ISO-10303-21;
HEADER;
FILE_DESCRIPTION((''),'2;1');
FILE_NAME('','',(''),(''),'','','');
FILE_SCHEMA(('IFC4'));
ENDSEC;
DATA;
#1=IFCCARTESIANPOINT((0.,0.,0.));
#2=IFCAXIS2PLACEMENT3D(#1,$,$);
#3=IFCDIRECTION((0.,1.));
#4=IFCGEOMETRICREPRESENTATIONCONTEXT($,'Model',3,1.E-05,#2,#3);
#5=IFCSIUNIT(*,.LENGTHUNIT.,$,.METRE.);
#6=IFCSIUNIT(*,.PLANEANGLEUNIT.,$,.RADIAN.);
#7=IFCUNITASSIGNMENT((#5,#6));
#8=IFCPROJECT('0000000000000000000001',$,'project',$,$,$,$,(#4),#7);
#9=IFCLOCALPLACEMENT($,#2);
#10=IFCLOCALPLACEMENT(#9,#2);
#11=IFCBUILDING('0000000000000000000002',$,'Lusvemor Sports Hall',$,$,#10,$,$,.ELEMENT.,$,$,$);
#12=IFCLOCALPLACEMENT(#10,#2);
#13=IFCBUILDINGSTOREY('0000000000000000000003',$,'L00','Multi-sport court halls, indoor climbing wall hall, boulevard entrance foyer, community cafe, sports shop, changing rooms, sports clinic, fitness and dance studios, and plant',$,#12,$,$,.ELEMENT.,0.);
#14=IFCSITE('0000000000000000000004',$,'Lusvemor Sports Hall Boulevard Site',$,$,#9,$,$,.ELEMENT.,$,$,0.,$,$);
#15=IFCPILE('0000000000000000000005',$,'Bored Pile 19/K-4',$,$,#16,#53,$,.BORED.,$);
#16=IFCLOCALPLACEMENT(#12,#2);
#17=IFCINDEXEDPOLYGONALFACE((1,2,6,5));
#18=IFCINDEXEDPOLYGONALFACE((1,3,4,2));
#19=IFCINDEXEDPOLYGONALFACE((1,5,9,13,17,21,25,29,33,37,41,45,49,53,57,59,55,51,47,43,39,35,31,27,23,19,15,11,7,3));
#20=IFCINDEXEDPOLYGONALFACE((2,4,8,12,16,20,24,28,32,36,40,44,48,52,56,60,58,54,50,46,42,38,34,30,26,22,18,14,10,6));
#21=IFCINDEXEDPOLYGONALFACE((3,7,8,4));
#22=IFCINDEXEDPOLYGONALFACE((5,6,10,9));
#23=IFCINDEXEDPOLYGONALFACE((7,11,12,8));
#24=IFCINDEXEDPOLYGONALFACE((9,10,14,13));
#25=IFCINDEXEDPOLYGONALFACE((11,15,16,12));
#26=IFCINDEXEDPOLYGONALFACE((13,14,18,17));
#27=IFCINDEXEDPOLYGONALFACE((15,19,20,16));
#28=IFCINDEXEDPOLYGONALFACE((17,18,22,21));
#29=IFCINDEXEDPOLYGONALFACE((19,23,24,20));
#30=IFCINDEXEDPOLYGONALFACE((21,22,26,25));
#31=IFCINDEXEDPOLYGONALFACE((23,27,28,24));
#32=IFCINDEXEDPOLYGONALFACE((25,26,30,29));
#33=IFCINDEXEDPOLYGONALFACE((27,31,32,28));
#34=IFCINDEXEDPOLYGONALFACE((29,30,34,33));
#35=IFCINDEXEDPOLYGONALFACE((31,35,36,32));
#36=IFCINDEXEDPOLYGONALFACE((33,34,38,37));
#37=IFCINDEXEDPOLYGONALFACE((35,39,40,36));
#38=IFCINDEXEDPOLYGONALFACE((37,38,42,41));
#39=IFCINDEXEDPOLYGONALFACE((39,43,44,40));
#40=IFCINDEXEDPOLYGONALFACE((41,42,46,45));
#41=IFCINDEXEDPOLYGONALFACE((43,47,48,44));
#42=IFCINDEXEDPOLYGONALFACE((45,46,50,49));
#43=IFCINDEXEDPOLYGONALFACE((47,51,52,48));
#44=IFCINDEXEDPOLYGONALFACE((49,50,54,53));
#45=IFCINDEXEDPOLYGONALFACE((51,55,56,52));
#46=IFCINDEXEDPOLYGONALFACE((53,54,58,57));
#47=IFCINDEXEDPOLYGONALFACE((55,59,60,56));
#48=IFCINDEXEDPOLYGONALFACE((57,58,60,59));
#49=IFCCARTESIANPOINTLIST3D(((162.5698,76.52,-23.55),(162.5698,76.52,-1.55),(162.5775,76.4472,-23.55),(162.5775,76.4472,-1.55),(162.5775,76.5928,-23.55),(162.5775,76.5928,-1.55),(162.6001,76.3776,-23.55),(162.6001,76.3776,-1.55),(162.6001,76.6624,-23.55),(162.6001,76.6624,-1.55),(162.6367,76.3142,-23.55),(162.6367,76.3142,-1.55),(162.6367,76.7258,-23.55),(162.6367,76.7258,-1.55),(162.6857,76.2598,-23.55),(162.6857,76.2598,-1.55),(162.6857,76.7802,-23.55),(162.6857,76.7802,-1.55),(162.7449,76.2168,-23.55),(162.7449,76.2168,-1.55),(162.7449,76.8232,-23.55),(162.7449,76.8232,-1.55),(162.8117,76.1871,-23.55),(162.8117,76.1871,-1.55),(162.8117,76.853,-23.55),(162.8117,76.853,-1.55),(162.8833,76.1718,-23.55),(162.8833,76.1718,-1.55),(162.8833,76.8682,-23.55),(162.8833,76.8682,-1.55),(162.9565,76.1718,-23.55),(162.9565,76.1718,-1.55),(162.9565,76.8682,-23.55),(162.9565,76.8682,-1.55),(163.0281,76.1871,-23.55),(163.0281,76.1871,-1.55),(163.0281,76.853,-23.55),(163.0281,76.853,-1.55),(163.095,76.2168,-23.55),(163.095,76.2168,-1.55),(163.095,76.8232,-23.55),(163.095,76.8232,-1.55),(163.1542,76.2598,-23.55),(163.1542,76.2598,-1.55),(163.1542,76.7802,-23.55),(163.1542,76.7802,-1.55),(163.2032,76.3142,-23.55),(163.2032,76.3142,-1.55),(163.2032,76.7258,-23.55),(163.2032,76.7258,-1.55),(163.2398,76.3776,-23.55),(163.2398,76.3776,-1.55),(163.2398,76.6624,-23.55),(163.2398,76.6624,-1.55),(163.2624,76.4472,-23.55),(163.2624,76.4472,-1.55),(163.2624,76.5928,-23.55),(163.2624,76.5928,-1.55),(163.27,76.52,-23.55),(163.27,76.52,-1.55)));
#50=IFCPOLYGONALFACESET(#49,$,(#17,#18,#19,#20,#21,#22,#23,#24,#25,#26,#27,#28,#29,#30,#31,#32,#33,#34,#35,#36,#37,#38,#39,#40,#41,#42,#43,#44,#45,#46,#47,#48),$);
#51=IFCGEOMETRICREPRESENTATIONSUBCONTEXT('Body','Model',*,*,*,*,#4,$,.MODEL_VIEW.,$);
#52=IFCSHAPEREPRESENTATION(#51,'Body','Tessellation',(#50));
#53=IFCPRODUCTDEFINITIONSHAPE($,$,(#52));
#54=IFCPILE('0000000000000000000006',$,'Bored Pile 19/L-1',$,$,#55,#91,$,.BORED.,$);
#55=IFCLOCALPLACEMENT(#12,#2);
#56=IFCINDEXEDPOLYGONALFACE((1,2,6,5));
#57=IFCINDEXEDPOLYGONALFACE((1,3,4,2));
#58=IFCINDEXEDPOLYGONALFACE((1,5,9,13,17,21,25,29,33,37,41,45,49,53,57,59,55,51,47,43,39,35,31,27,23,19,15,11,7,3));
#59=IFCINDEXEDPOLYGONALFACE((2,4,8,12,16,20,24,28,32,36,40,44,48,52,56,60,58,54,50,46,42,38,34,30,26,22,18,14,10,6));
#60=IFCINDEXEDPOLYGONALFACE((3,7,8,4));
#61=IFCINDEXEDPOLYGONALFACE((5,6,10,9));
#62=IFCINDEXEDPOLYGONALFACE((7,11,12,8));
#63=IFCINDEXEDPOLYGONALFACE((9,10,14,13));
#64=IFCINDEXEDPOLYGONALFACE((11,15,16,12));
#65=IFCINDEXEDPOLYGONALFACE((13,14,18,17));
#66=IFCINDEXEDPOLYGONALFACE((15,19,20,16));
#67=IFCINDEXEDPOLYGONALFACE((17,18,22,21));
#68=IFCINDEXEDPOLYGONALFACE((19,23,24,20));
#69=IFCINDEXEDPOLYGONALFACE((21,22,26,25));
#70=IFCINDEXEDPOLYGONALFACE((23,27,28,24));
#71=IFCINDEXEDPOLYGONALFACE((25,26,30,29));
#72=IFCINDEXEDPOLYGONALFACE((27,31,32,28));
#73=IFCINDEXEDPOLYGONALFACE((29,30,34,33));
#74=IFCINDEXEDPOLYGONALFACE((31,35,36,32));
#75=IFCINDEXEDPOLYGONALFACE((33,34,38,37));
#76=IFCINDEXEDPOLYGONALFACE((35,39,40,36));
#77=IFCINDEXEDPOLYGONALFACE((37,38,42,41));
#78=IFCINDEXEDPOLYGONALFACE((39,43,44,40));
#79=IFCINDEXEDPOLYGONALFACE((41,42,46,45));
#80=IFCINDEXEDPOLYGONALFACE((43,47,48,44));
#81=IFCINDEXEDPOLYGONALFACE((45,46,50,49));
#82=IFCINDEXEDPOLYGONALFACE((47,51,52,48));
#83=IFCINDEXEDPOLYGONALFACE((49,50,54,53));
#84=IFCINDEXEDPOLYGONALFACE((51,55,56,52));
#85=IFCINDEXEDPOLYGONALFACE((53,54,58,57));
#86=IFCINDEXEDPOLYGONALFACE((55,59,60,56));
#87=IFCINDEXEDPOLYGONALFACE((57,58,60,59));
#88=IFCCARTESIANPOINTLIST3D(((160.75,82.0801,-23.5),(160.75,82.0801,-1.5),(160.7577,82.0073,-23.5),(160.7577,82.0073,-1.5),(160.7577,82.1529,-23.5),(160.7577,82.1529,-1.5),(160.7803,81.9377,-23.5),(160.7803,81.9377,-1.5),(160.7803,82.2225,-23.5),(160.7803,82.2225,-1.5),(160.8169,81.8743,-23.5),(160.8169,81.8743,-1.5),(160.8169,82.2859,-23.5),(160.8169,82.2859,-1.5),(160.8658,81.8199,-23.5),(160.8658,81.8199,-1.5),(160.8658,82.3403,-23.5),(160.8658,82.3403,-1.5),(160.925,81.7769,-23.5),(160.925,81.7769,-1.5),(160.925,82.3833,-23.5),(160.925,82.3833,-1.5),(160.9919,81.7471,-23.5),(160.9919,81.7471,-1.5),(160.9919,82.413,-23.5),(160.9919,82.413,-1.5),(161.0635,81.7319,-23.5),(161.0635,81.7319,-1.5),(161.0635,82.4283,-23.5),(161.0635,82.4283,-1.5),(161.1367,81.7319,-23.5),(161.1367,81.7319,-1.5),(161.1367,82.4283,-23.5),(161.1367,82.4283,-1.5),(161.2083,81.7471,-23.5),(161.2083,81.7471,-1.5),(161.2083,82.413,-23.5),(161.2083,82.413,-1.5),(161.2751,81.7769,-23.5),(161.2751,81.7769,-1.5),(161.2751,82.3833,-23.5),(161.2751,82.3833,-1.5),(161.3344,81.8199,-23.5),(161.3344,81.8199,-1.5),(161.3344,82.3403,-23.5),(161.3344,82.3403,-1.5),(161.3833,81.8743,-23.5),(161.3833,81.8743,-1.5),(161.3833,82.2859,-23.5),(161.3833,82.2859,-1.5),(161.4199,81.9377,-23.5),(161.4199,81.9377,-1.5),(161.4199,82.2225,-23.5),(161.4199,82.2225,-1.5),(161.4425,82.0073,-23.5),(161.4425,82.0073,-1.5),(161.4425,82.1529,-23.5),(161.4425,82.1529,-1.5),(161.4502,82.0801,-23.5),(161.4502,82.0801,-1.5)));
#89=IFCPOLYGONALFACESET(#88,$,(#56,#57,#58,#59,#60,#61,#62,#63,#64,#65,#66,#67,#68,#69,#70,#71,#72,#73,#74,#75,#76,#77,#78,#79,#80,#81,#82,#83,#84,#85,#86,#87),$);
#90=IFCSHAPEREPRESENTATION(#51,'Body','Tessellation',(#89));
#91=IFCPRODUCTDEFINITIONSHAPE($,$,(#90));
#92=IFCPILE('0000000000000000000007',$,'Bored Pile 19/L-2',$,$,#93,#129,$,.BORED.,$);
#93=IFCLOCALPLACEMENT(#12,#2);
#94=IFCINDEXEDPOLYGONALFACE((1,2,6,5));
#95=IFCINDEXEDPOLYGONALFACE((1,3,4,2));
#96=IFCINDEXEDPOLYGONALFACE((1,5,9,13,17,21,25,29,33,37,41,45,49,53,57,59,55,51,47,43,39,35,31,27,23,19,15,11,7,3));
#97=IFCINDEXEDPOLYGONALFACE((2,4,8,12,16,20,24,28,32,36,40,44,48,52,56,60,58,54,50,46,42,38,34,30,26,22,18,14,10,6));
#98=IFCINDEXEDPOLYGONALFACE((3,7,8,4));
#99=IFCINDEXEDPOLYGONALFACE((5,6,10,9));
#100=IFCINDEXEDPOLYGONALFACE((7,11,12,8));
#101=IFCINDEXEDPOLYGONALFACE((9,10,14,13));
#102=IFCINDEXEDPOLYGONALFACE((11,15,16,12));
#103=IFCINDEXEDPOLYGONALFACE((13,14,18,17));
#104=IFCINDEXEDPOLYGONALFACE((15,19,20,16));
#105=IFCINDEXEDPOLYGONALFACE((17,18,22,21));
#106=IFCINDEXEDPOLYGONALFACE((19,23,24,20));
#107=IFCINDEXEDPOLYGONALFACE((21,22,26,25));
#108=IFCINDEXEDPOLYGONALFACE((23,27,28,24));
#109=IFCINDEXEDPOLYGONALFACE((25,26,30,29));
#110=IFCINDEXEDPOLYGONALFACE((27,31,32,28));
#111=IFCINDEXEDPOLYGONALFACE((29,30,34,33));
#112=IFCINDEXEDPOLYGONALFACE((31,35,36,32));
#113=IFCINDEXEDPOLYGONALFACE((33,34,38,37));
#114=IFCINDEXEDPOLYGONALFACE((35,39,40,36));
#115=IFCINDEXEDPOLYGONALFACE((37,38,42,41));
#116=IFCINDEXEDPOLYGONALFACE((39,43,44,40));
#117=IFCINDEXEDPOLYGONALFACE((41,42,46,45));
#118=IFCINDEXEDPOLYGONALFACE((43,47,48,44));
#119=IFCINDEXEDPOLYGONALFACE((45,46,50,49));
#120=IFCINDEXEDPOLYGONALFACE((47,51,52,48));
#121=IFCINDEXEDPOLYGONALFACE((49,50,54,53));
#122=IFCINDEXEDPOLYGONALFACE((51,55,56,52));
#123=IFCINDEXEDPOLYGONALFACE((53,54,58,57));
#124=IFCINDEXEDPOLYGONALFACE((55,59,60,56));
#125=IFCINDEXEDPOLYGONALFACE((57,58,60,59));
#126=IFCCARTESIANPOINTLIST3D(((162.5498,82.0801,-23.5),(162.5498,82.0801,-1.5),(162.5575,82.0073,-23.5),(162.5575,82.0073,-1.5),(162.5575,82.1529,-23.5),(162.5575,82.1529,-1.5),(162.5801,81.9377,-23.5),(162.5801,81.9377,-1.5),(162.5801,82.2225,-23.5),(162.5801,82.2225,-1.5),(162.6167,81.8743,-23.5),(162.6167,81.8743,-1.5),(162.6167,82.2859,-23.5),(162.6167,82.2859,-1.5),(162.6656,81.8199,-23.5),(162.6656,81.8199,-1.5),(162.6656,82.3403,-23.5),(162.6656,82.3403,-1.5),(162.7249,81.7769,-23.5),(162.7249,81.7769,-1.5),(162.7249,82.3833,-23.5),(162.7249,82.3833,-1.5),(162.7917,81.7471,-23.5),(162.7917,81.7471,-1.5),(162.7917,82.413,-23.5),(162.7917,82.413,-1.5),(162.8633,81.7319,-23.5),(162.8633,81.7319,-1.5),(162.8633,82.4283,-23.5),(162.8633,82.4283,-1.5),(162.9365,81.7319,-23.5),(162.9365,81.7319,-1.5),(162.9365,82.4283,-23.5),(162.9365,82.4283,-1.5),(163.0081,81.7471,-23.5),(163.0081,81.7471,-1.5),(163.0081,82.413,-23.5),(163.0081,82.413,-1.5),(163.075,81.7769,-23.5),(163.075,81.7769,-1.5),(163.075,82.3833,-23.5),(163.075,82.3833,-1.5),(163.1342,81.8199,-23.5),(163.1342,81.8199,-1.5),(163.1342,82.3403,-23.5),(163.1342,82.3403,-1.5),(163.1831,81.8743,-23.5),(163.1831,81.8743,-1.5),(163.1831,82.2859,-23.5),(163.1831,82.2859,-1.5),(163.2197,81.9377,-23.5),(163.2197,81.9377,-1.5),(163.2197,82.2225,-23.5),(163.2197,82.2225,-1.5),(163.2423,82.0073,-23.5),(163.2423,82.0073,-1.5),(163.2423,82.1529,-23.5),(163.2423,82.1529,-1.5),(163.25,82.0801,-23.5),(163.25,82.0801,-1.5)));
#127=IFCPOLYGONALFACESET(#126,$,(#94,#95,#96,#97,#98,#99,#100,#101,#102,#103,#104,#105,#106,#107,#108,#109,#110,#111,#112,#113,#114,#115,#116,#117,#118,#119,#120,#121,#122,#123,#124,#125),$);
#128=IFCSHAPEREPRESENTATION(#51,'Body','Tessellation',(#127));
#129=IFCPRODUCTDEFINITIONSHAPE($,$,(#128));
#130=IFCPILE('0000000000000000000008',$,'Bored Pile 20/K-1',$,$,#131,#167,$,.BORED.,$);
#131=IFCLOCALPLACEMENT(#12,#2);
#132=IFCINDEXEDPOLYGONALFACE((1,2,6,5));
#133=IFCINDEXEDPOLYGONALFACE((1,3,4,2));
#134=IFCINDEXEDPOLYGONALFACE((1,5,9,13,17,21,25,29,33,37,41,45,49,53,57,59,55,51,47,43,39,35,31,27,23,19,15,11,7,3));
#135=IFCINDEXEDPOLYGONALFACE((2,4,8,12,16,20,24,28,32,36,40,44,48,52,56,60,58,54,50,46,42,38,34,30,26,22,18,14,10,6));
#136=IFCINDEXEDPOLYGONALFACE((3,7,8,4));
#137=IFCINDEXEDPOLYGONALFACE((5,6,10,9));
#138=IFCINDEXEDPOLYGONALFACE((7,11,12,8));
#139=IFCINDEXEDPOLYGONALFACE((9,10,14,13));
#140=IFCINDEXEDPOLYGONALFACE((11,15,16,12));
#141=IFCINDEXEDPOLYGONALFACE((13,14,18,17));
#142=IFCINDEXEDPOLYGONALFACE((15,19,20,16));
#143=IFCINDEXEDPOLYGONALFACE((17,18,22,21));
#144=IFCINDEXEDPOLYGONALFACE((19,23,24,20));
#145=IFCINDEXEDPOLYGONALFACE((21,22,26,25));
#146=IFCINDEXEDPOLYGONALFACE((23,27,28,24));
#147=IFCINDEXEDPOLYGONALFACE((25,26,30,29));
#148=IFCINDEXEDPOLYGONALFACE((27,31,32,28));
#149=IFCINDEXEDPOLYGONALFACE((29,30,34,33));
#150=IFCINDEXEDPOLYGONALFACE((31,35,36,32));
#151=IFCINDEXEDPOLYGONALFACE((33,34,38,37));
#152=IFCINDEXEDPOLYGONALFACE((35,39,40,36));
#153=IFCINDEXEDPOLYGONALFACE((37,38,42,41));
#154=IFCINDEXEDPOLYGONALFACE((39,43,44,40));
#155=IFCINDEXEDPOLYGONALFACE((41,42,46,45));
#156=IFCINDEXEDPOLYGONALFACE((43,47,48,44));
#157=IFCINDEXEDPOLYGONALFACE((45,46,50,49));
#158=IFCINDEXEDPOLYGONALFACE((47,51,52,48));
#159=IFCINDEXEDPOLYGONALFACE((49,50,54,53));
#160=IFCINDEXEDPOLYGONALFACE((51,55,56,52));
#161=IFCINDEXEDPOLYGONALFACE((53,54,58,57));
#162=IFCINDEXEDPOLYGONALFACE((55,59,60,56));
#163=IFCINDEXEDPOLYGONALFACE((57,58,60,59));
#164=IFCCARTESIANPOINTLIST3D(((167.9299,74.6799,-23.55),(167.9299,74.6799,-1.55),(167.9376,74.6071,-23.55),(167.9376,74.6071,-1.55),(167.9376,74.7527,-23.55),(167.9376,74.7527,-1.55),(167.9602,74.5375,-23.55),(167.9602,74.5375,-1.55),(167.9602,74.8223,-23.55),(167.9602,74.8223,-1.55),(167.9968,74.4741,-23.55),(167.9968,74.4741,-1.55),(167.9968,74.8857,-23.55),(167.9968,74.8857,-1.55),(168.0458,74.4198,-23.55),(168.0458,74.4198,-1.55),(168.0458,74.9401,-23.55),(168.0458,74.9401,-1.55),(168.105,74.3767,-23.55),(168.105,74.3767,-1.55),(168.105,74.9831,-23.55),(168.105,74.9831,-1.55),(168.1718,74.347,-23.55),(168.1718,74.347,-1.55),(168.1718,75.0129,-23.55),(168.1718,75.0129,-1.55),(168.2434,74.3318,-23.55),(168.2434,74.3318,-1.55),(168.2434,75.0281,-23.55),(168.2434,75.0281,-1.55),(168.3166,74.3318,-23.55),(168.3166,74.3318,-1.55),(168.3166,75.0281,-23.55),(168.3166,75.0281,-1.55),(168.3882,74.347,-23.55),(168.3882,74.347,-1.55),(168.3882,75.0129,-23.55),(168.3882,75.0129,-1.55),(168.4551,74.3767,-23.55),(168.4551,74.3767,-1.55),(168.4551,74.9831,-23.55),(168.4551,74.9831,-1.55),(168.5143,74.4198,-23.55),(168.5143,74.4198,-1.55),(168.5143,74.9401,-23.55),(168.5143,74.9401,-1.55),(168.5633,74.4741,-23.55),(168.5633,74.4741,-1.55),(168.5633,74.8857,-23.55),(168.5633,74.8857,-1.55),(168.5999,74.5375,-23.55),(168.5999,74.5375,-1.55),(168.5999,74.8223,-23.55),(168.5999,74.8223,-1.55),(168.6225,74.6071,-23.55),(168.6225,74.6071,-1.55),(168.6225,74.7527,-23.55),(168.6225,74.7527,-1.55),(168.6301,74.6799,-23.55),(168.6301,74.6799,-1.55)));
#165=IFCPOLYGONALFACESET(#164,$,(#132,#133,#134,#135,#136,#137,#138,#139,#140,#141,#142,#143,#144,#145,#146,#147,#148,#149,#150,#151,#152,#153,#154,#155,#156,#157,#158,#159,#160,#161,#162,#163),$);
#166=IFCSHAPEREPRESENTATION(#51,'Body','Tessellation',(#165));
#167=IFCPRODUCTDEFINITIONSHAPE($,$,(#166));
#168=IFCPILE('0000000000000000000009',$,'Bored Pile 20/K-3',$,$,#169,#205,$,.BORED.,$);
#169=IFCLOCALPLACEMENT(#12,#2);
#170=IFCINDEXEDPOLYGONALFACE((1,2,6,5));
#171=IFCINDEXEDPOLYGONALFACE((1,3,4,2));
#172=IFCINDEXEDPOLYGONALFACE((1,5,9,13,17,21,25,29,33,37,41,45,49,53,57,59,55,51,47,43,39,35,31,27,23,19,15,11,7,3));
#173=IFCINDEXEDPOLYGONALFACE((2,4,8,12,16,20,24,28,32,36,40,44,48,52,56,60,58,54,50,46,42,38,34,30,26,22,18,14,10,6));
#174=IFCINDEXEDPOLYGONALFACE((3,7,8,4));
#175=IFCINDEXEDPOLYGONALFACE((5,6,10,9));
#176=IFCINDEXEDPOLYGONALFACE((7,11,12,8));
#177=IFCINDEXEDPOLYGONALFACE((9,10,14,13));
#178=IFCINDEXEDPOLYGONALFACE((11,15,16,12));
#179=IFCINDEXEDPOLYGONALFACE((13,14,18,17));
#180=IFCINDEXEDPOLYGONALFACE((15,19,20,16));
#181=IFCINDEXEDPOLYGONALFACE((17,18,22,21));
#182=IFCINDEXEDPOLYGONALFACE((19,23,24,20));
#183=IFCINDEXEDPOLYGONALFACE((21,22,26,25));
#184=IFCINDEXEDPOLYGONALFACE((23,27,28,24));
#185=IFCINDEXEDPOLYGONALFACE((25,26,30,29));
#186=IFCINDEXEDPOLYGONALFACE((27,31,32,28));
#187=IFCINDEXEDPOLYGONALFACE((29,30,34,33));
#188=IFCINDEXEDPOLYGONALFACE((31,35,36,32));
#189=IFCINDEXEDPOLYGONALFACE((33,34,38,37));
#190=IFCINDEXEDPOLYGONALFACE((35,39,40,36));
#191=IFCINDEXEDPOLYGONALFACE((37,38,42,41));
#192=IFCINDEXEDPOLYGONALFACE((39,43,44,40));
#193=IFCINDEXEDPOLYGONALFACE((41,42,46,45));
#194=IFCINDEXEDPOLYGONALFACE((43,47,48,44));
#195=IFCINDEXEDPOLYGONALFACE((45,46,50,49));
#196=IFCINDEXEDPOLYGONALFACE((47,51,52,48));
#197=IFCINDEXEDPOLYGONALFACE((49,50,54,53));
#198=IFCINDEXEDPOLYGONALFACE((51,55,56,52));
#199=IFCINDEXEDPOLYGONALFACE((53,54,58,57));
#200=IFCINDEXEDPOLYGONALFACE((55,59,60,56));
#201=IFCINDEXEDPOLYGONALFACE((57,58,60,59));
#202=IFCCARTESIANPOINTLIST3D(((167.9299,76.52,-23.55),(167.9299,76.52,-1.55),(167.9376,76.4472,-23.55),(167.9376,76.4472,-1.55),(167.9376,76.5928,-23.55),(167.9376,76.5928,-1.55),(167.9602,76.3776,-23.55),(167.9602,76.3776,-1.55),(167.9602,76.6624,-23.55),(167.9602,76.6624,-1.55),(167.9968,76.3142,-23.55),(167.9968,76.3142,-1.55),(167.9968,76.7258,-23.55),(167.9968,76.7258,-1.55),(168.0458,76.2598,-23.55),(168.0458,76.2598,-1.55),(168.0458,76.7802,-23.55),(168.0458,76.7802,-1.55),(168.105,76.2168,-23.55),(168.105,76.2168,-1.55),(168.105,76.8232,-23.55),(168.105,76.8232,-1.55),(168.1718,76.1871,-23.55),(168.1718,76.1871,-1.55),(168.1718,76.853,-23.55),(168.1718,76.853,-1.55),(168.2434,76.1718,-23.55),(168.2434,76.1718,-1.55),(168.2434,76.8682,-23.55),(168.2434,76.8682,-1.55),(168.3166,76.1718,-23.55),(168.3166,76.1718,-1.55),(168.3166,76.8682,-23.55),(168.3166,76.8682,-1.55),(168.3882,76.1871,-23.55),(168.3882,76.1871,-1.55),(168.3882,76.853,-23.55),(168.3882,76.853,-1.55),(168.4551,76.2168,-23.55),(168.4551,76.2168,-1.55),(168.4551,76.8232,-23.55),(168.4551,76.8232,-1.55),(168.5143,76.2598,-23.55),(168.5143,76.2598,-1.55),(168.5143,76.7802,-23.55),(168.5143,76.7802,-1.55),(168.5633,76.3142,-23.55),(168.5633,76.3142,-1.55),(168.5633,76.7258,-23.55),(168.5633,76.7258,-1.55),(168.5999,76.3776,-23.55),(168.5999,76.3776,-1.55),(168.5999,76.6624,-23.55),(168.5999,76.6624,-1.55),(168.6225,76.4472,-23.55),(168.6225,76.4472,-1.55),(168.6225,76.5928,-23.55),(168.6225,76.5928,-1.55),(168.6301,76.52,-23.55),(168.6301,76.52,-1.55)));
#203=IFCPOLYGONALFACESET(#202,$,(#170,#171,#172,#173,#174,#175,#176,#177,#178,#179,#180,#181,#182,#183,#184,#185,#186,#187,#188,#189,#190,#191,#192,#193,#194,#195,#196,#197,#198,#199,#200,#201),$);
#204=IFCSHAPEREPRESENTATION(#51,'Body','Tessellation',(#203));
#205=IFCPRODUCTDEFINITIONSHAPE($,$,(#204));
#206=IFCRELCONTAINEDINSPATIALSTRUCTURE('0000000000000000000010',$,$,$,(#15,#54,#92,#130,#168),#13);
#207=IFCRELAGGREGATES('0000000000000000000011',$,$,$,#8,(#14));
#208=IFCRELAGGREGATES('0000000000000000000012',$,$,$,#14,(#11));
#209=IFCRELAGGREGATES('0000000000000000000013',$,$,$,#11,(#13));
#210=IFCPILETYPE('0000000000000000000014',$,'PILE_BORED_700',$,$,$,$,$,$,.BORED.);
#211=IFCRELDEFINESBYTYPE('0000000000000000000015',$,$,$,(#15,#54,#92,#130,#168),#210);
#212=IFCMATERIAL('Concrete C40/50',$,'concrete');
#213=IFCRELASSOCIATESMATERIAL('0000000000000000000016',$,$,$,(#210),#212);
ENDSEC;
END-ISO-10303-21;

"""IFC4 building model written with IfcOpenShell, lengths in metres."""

from ifc_helpers import new_model, si_unit, direction, frame, origin, origin_2d, place, context, subcontext, project, spatial, circle, extrude, material, material_profile, profile_set, type_object, element, save


model = new_model("IFC4")

# Units and contexts
model_context = context("Model", 3, precision=1e-05, world=origin(), true_north=direction((0.0, 1.0)))
body_context = subcontext(model_context, "Body", "Model", "MODEL_VIEW")
ifc_project = project(units=[si_unit("LENGTHUNIT", "METRE"), si_unit("PLANEANGLEUNIT", "RADIAN")], contexts=[model_context])

# Site, building, storey
site_placement = place(None, origin())
site = spatial("IfcSite", under=ifc_project, at=site_placement, Name="Lusvemor Sports Hall Boulevard Site", CompositionType="ELEMENT", RefElevation=0.0)
building_placement = place(site_placement, origin())
building = spatial("IfcBuilding", under=site, at=building_placement, Name="Lusvemor Sports Hall", CompositionType="ELEMENT")
storey_placement = place(building_placement, origin())
storey = spatial("IfcBuildingStorey", under=building, at=storey_placement, Name="L00", Description="Multi-sport court halls, indoor climbing wall hall, boulevard entrance foyer, community cafe, sports shop, changing rooms, sports clinic, fitness and dance studios, and plant", CompositionType="ELEMENT", Elevation=0.0)

# Piles
ifc_material_1 = material(Name="Concrete C40/50", Category="concrete")
ifc_material_profile_1 = material_profile(ifc_material_1, circle(Radius=0.3501, at=origin_2d()), Name="PILE700")
ifc_profile_set_1 = profile_set([ifc_material_profile_1], Name="Concrete C40/50")
pile_type = type_object("IfcPileType", Name="PILE_BORED_700", PredefinedType="BORED", material=ifc_profile_set_1)
for number, where, z_axis, x_axis, name in (
    (1, (162.9199, 76.52, -1.55), (0.0, 0.0, -1.0), (1.0, 0.0, 0.0), "Bored Pile 19/K-4"),
    (2, (161.1001, 82.0801, -1.5), (0.0, 0.0, -1.0), (1.0, 0.0, 0.0), "Bored Pile 19/L-1"),
    (3, (162.8999, 82.0801, -1.5), (0.0, 0.0, -1.0), (1.0, 0.0, 0.0), "Bored Pile 19/L-2"),
    (4, (168.28, 74.6799, -1.55), (0.0, 0.0, -1.0), (1.0, 0.0, 0.0), "Bored Pile 20/K-1"),
    (5, (168.28, 76.52, -1.55), (0.0, 0.0, -1.0), (1.0, 0.0, 0.0), "Bored Pile 20/K-3"),
):
    element("IfcPile", number, at=place(storey_placement, frame(where, z_axis=z_axis, x_axis=x_axis)), inside=storey, type_object=pile_type, Name=name, PredefinedType="BORED", context=body_context, shape_type="SweptSolid", body=[
        extrude(circle(Radius=0.3501, at=origin_2d()), origin(), (0.0, 0.0, 1.0), 22.0),
    ])

save(model, "model.ifc")
